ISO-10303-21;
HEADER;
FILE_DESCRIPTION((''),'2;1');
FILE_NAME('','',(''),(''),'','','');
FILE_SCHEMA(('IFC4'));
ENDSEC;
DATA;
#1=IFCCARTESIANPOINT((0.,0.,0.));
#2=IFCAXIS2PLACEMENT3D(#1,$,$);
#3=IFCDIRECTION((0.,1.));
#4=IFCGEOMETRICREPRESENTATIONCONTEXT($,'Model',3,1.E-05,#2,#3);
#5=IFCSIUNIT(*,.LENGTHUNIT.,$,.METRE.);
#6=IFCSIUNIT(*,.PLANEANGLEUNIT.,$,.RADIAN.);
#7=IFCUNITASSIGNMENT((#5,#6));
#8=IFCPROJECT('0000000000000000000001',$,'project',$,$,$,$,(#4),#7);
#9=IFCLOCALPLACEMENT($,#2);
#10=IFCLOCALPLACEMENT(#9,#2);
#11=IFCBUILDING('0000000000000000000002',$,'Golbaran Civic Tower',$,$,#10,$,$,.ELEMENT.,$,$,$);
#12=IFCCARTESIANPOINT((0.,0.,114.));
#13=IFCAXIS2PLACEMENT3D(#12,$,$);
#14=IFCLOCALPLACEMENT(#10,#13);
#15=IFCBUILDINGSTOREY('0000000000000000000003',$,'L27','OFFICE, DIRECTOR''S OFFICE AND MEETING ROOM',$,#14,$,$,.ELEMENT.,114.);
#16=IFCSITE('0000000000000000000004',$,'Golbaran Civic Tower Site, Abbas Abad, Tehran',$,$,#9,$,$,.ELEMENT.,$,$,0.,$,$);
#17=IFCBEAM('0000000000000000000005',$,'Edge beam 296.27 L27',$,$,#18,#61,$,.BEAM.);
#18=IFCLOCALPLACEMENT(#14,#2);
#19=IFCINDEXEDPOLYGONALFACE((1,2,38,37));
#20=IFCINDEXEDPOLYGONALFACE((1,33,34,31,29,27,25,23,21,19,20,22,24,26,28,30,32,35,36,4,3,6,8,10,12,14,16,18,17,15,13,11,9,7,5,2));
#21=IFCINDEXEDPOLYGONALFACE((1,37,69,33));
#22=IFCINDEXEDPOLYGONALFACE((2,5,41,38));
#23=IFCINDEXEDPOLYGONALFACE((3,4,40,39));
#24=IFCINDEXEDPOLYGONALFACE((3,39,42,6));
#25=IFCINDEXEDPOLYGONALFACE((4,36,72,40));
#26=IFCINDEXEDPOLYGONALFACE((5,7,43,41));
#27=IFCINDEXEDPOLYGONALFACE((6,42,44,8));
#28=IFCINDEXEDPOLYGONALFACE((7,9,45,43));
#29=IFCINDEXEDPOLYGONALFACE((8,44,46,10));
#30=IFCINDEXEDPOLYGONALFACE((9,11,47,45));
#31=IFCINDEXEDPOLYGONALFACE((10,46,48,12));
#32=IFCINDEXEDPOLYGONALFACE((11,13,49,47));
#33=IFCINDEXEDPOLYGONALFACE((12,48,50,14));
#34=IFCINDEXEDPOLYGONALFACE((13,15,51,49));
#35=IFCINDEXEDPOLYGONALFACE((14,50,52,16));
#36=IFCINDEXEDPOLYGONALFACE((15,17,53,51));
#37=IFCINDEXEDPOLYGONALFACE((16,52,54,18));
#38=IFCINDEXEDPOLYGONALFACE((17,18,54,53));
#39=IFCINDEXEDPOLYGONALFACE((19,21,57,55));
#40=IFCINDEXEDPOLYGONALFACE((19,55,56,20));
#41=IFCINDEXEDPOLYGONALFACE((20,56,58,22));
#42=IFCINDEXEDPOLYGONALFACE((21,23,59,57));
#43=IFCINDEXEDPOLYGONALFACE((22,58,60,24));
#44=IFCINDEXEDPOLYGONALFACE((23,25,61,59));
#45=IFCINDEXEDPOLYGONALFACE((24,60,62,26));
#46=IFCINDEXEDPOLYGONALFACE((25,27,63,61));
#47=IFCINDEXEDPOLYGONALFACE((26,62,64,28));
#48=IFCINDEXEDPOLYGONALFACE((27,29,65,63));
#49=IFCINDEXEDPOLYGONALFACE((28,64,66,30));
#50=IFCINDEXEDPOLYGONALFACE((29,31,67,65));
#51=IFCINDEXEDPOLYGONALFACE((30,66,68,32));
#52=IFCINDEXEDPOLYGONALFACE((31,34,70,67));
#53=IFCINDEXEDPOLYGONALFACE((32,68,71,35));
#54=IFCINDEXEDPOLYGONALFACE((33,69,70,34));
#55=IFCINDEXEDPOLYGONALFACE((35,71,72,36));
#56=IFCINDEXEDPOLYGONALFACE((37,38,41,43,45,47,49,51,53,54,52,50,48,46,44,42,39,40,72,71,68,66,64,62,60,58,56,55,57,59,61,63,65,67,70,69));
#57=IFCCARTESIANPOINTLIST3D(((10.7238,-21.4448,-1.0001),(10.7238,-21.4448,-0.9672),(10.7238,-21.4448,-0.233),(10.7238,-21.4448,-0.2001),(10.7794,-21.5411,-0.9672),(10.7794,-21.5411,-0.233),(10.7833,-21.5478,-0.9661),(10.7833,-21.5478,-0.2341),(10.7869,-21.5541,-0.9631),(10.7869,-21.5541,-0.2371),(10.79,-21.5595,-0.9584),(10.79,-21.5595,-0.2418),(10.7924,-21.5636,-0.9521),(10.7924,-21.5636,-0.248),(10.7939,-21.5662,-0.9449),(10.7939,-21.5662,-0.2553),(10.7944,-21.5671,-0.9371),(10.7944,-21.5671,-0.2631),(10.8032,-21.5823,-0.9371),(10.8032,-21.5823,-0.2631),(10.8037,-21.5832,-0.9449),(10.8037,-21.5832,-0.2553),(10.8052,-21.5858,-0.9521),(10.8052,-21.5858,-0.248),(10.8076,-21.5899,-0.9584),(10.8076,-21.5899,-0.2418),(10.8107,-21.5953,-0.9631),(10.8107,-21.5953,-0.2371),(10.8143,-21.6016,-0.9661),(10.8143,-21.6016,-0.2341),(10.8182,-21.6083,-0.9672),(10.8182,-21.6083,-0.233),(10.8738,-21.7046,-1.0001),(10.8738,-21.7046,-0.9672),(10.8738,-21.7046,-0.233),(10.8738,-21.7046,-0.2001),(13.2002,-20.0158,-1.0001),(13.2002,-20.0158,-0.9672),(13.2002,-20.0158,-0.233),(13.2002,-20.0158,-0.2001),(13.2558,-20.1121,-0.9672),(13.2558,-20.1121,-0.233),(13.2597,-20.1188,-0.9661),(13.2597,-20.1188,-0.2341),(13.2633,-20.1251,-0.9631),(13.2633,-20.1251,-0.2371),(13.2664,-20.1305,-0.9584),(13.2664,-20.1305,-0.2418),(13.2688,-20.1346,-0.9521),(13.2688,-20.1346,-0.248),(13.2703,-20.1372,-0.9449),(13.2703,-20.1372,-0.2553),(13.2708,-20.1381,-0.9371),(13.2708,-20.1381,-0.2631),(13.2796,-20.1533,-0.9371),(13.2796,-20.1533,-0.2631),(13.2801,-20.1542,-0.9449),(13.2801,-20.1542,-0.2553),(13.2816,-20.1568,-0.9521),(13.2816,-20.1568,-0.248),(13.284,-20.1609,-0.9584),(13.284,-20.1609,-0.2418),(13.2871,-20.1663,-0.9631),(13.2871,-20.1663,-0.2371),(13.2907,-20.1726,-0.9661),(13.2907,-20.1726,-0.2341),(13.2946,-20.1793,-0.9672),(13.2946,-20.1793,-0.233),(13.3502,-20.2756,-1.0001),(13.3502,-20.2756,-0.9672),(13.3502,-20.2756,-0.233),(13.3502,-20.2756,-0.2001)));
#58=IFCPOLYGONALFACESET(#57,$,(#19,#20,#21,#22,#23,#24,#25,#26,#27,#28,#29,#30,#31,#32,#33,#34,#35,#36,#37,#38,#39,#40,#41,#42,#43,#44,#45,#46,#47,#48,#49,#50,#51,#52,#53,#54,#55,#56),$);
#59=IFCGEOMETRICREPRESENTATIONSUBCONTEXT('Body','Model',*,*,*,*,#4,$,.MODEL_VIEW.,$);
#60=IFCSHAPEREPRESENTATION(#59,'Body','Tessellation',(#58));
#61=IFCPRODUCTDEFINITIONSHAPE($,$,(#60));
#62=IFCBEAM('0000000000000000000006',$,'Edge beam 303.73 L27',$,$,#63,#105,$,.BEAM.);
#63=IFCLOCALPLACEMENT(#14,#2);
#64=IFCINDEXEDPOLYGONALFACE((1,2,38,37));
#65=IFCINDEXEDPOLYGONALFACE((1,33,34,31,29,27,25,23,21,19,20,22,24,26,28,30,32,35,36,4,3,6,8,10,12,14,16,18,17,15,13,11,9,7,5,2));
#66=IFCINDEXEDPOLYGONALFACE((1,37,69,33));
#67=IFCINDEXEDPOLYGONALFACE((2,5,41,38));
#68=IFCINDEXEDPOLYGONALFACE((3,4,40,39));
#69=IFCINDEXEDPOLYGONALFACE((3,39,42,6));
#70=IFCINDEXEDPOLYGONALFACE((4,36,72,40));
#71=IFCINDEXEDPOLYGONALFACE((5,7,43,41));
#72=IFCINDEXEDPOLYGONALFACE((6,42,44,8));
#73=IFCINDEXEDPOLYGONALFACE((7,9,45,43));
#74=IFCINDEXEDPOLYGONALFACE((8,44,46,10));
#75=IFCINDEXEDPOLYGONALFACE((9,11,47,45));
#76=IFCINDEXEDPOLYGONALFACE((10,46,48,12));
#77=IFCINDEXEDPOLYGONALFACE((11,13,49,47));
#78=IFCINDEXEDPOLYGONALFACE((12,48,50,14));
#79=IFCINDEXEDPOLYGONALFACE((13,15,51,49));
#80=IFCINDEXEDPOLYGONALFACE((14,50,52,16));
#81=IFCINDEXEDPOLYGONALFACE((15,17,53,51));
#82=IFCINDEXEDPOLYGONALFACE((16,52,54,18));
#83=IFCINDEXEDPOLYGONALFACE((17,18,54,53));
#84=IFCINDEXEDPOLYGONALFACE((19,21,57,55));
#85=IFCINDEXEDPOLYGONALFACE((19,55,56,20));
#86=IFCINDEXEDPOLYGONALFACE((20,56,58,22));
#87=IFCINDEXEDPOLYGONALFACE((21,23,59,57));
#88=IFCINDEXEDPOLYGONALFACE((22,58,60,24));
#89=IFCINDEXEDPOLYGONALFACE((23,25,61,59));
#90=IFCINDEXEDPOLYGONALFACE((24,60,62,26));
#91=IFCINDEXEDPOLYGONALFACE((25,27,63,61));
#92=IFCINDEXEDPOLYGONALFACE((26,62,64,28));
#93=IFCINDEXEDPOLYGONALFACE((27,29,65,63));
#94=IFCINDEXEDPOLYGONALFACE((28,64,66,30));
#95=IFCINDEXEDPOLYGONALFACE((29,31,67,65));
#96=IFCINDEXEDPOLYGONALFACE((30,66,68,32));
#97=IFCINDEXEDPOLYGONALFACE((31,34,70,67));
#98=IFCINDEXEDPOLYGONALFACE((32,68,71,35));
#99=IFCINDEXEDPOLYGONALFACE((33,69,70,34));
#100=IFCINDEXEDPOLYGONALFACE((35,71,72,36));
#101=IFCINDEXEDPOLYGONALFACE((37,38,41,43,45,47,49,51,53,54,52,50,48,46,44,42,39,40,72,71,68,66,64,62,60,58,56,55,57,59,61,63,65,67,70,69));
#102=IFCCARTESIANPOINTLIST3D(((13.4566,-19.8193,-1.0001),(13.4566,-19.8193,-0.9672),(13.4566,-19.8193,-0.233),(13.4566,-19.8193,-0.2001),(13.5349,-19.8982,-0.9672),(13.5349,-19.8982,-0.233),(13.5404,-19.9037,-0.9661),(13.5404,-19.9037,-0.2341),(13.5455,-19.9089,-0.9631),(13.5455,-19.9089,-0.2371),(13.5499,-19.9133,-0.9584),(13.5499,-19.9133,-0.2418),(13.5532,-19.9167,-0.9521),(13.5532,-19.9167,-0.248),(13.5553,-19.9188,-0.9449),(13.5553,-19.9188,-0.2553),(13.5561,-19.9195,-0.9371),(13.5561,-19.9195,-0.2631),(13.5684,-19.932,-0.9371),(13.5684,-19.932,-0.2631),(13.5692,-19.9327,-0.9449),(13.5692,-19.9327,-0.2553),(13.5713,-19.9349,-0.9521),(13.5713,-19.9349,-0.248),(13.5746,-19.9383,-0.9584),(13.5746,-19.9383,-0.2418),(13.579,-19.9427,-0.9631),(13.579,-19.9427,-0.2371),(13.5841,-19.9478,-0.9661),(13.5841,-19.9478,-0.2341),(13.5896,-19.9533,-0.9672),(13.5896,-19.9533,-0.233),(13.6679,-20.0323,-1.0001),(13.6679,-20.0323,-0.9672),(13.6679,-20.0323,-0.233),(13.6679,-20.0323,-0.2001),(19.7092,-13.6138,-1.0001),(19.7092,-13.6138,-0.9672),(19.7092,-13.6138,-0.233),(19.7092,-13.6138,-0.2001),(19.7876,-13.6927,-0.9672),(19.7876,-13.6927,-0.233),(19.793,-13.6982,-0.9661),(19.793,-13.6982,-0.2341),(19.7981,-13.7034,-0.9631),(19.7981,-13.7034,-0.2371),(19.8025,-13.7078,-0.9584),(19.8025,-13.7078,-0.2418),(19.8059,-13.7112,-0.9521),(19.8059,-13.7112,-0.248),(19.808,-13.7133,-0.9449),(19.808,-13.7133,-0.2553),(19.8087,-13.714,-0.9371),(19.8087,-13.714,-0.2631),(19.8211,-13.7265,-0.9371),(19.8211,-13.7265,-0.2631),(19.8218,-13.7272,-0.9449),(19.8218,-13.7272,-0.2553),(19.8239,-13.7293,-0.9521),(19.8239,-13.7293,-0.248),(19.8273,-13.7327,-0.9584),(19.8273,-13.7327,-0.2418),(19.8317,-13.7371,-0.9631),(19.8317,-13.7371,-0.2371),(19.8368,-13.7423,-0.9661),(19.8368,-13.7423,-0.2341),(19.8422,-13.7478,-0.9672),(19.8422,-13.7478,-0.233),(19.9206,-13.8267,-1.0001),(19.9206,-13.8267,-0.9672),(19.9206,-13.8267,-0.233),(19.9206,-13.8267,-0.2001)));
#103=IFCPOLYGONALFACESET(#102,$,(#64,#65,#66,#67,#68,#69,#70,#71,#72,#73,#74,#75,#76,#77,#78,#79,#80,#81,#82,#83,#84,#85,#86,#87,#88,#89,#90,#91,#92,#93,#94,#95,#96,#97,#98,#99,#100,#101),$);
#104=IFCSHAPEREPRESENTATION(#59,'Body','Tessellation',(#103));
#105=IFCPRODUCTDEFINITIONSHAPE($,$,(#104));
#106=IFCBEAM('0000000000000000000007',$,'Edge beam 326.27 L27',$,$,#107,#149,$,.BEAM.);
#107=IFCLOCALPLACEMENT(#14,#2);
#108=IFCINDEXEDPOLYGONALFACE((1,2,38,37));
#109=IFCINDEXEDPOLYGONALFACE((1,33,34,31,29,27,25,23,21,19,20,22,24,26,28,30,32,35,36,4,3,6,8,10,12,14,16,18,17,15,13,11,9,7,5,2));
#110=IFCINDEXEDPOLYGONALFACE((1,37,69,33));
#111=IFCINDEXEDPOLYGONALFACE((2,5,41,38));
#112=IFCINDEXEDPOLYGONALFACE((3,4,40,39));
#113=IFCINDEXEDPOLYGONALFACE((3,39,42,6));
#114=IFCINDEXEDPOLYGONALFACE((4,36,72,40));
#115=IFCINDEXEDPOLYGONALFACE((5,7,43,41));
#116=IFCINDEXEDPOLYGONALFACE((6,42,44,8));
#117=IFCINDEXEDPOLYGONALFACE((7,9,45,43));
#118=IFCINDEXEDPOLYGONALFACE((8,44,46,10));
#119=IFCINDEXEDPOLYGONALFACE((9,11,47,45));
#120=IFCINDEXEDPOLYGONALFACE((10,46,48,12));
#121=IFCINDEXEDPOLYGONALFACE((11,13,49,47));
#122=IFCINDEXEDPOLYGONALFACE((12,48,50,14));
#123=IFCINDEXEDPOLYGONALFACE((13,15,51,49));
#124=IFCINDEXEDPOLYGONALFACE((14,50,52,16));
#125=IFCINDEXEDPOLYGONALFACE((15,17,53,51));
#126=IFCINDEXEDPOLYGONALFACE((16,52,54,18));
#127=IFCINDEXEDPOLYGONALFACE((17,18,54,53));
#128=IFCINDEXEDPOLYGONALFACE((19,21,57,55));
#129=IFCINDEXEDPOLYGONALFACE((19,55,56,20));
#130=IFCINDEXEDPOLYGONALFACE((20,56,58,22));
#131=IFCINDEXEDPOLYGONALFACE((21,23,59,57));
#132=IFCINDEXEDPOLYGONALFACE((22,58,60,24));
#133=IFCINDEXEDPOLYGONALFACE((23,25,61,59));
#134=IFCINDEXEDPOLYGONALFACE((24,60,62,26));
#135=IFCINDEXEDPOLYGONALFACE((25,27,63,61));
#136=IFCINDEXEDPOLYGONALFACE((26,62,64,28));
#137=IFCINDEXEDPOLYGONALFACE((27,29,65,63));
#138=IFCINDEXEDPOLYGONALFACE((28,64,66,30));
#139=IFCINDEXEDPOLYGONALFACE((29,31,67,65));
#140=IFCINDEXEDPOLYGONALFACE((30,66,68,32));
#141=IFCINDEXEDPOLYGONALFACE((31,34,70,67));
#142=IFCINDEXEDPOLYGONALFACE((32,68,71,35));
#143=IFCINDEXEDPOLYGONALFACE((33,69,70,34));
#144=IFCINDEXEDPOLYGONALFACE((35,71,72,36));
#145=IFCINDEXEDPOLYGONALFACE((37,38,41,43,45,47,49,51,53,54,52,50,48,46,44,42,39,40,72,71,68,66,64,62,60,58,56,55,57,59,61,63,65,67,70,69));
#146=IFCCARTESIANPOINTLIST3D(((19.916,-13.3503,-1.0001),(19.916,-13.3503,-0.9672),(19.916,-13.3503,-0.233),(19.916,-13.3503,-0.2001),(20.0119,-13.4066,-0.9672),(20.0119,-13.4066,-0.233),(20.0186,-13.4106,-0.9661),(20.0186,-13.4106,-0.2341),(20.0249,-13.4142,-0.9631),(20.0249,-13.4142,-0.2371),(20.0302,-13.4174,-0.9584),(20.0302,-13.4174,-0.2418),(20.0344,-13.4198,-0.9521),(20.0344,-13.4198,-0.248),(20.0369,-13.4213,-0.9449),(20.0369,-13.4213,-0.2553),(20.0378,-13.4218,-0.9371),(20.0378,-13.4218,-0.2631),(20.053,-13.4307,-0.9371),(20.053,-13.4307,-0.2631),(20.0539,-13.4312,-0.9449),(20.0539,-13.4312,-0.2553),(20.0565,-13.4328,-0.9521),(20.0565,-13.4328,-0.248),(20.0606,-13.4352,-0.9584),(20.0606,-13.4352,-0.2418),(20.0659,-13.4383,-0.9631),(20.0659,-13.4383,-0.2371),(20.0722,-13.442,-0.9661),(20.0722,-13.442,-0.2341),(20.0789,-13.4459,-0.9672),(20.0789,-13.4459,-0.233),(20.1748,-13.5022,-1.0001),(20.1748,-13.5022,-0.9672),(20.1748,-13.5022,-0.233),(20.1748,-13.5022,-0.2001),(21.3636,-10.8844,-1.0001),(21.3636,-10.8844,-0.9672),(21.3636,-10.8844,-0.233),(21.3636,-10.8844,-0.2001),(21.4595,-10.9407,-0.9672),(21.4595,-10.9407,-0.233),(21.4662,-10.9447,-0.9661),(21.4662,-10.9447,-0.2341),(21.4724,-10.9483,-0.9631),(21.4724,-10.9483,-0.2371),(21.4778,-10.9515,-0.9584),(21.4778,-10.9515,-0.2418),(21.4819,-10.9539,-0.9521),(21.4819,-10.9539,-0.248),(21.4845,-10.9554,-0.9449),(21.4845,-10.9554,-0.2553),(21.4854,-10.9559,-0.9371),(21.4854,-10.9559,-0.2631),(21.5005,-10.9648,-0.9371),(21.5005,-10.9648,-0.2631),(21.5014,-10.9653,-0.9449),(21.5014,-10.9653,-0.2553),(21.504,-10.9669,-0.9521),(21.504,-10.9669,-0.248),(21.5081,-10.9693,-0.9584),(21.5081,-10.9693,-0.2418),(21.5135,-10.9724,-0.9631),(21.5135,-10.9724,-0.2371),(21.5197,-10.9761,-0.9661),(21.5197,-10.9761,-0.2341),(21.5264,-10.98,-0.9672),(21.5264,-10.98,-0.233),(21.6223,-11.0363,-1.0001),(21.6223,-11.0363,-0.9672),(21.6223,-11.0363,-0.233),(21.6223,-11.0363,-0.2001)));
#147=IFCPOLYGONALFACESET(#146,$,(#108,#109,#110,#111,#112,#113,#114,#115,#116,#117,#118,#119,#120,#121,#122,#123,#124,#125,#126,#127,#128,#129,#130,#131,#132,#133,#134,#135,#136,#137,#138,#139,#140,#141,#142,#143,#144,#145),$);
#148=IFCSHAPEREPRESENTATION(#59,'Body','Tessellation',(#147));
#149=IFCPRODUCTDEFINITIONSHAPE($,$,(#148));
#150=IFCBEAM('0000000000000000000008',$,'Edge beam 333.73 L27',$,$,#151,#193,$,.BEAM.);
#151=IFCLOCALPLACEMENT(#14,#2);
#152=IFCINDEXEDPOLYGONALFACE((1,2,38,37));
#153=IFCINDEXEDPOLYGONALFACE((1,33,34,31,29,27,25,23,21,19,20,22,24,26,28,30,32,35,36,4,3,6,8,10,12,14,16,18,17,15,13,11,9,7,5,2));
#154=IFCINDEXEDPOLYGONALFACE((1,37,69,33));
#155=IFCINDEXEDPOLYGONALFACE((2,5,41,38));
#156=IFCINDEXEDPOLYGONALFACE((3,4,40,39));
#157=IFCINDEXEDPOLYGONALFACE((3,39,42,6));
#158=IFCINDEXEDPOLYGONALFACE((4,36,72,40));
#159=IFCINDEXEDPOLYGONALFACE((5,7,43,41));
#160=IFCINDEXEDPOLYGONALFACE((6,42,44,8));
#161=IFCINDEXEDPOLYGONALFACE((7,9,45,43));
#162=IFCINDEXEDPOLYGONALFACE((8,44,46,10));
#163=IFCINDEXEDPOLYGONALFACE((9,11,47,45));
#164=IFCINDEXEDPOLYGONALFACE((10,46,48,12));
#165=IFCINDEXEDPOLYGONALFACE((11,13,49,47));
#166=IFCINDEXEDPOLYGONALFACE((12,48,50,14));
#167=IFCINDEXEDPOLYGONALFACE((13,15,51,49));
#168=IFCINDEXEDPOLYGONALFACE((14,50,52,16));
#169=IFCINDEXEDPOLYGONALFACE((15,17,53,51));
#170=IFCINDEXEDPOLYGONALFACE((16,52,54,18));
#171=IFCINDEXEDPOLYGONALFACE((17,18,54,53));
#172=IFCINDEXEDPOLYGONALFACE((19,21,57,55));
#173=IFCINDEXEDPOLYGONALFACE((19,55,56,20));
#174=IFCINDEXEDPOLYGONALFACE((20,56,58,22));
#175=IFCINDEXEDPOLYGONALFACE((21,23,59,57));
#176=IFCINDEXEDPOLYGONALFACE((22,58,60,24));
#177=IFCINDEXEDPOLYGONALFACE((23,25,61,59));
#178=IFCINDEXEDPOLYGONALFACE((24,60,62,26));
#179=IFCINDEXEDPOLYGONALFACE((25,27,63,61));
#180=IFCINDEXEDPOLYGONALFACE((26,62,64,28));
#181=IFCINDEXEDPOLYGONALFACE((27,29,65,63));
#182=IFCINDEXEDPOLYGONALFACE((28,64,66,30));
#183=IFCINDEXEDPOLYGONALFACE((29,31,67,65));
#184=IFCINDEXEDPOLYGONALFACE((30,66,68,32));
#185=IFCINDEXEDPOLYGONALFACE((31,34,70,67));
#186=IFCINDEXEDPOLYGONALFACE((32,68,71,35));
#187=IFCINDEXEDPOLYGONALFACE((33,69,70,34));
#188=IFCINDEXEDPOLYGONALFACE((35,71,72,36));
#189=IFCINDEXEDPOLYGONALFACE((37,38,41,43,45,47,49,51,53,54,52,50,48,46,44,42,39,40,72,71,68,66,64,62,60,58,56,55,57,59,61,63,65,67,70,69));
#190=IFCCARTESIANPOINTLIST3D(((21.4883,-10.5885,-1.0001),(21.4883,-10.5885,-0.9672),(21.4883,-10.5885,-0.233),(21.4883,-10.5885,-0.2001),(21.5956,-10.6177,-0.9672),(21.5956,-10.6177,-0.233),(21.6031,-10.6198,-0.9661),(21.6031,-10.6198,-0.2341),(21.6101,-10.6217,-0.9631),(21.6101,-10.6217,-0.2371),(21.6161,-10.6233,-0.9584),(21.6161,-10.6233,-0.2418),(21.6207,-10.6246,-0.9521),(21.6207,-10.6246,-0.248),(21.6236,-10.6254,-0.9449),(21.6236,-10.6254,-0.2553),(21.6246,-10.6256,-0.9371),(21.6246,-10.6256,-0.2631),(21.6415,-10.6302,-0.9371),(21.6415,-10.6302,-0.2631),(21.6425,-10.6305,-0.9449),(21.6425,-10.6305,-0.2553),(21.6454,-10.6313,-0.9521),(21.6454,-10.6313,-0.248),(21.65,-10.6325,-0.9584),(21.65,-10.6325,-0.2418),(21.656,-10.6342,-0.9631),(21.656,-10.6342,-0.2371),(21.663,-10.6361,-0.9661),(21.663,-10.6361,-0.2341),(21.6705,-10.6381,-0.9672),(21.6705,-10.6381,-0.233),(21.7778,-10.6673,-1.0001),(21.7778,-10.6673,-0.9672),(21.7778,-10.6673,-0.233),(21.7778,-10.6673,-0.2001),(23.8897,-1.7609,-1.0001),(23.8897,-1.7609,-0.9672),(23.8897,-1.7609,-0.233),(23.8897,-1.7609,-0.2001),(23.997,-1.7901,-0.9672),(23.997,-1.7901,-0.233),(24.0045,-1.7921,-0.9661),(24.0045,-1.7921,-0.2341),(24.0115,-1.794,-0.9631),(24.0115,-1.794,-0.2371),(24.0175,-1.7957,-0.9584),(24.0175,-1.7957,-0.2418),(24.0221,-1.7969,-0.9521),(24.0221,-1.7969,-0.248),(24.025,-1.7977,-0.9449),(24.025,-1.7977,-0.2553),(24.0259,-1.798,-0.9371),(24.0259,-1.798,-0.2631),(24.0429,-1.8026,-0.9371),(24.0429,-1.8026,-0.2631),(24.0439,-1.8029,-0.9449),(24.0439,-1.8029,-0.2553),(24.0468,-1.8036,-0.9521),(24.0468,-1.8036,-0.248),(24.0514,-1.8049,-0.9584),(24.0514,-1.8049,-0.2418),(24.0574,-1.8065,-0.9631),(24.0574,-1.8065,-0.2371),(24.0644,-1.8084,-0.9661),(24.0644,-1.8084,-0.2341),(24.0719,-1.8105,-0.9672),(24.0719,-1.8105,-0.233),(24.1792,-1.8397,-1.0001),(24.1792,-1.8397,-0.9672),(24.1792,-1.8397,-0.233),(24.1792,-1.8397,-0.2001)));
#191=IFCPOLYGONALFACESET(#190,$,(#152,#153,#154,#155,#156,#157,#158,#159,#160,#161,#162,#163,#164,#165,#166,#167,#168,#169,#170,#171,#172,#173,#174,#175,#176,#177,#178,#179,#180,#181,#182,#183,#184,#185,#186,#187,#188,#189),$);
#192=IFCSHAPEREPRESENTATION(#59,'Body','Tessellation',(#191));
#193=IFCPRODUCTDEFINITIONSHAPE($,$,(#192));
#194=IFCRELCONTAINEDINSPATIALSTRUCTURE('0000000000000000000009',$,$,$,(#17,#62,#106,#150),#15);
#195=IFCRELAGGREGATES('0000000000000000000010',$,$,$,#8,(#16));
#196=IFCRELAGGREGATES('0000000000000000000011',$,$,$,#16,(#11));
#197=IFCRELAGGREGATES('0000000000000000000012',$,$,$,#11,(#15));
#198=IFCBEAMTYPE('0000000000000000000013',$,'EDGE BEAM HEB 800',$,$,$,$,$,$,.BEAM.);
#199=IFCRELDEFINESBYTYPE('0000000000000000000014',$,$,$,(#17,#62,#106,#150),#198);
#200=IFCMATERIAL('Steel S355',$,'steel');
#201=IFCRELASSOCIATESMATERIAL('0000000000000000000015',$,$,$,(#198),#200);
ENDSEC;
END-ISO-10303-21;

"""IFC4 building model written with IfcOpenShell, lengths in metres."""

from ifc_helpers import new_model, si_unit, direction, frame, origin, origin_2d, place, context, subcontext, project, spatial, i_section, extrude, material, material_profile, profile_set, type_object, element, save


model = new_model("IFC4")

# Units and contexts
model_context = context("Model", 3, precision=1e-05, world=origin(), true_north=direction((0.0, 1.0)))
body_context = subcontext(model_context, "Body", "Model", "MODEL_VIEW")
ifc_project = project(units=[si_unit("LENGTHUNIT", "METRE"), si_unit("PLANEANGLEUNIT", "RADIAN")], contexts=[model_context])

# Site, building, storey
site_placement = place(None, origin())
site = spatial("IfcSite", under=ifc_project, at=site_placement, Name="Golbaran Civic Tower Site, Abbas Abad, Tehran", CompositionType="ELEMENT", RefElevation=0.0)
building_placement = place(site_placement, origin())
building = spatial("IfcBuilding", under=site, at=building_placement, Name="Golbaran Civic Tower", CompositionType="ELEMENT")
storey_placement = place(building_placement, frame((0.0, 0.0, 114.0)))
storey = spatial("IfcBuildingStorey", under=building, at=storey_placement, Name="L27", Description="OFFICE, DIRECTOR'S OFFICE AND MEETING ROOM", CompositionType="ELEMENT", Elevation=114.0)

# Beams
ifc_material_1 = material(Name="Steel S355", Category="steel")
ifc_material_profile_1 = material_profile(ifc_material_1, i_section(OverallWidth=0.3, OverallDepth=0.8, WebThickness=0.0176, FlangeThickness=0.033, FilletRadius=0.03, at=origin_2d()), Name="HEB 800")
ifc_profile_set_1 = profile_set([ifc_material_profile_1], Name="Steel S355")
beam_type_1 = type_object("IfcBeamType", Name="EDGE BEAM HEB 800", PredefinedType="BEAM", material=ifc_profile_set_1)
beam_1_placement = place(storey_placement, frame((10.7988, -21.5747, -0.6001), z_axis=(0.866139, 0.499804, 0.0), x_axis=(-0.499804, 0.866139, 0.0)))
element("IfcBeam", 1, at=beam_1_placement, inside=storey, type_object=beam_type_1, Name="Edge beam 296.27 L27", PredefinedType="BEAM", context=body_context, shape_type="SweptSolid", body=[
    extrude(i_section(OverallWidth=0.3, OverallDepth=0.8, WebThickness=0.0176, FlangeThickness=0.033, FilletRadius=0.03, at=origin_2d()), origin(), (0.0, 0.0, 1.0), 2.8591),
])
beam_2_placement = place(storey_placement, frame((13.5623, -19.9258, -0.6001), z_axis=(0.709776, 0.704427, 0.0), x_axis=(-0.704427, 0.709776, 0.0)))
element("IfcBeam", 2, at=beam_2_placement, inside=storey, type_object=beam_type_1, Name="Edge beam 303.73 L27", PredefinedType="BEAM", context=body_context, shape_type="SweptSolid", body=[
    extrude(i_section(OverallWidth=0.3, OverallDepth=0.8, WebThickness=0.0176, FlangeThickness=0.033, FilletRadius=0.03, at=origin_2d()), origin(), (0.0, 0.0, 1.0), 8.8093),
])
beam_3_placement = place(storey_placement, frame((20.0454, -13.4263, -0.6001), z_axis=(0.506248, 0.862388, 0.0), x_axis=(-0.862388, 0.506248, 0.0)))
element("IfcBeam", 3, at=beam_3_placement, inside=storey, type_object=beam_type_1, Name="Edge beam 326.27 L27", PredefinedType="BEAM", context=body_context, shape_type="SweptSolid", body=[
    extrude(i_section(OverallWidth=0.3, OverallDepth=0.8, WebThickness=0.0176, FlangeThickness=0.033, FilletRadius=0.03, at=origin_2d()), origin(), (0.0, 0.0, 1.0), 2.8594),
])
beam_4_placement = place(storey_placement, frame((21.6331, -10.6279, -0.6001), z_axis=(0.26249, 0.964935, 0.0), x_axis=(-0.964935, 0.26249, 0.0)))
element("IfcBeam", 4, at=beam_4_placement, inside=storey, type_object=beam_type_1, Name="Edge beam 333.73 L27", PredefinedType="BEAM", context=body_context, shape_type="SweptSolid", body=[
    extrude(i_section(OverallWidth=0.3, OverallDepth=0.8, WebThickness=0.0176, FlangeThickness=0.033, FilletRadius=0.03, at=origin_2d()), origin(), (0.0, 0.0, 1.0), 9.1484),
])

save(model, "model.ifc")
